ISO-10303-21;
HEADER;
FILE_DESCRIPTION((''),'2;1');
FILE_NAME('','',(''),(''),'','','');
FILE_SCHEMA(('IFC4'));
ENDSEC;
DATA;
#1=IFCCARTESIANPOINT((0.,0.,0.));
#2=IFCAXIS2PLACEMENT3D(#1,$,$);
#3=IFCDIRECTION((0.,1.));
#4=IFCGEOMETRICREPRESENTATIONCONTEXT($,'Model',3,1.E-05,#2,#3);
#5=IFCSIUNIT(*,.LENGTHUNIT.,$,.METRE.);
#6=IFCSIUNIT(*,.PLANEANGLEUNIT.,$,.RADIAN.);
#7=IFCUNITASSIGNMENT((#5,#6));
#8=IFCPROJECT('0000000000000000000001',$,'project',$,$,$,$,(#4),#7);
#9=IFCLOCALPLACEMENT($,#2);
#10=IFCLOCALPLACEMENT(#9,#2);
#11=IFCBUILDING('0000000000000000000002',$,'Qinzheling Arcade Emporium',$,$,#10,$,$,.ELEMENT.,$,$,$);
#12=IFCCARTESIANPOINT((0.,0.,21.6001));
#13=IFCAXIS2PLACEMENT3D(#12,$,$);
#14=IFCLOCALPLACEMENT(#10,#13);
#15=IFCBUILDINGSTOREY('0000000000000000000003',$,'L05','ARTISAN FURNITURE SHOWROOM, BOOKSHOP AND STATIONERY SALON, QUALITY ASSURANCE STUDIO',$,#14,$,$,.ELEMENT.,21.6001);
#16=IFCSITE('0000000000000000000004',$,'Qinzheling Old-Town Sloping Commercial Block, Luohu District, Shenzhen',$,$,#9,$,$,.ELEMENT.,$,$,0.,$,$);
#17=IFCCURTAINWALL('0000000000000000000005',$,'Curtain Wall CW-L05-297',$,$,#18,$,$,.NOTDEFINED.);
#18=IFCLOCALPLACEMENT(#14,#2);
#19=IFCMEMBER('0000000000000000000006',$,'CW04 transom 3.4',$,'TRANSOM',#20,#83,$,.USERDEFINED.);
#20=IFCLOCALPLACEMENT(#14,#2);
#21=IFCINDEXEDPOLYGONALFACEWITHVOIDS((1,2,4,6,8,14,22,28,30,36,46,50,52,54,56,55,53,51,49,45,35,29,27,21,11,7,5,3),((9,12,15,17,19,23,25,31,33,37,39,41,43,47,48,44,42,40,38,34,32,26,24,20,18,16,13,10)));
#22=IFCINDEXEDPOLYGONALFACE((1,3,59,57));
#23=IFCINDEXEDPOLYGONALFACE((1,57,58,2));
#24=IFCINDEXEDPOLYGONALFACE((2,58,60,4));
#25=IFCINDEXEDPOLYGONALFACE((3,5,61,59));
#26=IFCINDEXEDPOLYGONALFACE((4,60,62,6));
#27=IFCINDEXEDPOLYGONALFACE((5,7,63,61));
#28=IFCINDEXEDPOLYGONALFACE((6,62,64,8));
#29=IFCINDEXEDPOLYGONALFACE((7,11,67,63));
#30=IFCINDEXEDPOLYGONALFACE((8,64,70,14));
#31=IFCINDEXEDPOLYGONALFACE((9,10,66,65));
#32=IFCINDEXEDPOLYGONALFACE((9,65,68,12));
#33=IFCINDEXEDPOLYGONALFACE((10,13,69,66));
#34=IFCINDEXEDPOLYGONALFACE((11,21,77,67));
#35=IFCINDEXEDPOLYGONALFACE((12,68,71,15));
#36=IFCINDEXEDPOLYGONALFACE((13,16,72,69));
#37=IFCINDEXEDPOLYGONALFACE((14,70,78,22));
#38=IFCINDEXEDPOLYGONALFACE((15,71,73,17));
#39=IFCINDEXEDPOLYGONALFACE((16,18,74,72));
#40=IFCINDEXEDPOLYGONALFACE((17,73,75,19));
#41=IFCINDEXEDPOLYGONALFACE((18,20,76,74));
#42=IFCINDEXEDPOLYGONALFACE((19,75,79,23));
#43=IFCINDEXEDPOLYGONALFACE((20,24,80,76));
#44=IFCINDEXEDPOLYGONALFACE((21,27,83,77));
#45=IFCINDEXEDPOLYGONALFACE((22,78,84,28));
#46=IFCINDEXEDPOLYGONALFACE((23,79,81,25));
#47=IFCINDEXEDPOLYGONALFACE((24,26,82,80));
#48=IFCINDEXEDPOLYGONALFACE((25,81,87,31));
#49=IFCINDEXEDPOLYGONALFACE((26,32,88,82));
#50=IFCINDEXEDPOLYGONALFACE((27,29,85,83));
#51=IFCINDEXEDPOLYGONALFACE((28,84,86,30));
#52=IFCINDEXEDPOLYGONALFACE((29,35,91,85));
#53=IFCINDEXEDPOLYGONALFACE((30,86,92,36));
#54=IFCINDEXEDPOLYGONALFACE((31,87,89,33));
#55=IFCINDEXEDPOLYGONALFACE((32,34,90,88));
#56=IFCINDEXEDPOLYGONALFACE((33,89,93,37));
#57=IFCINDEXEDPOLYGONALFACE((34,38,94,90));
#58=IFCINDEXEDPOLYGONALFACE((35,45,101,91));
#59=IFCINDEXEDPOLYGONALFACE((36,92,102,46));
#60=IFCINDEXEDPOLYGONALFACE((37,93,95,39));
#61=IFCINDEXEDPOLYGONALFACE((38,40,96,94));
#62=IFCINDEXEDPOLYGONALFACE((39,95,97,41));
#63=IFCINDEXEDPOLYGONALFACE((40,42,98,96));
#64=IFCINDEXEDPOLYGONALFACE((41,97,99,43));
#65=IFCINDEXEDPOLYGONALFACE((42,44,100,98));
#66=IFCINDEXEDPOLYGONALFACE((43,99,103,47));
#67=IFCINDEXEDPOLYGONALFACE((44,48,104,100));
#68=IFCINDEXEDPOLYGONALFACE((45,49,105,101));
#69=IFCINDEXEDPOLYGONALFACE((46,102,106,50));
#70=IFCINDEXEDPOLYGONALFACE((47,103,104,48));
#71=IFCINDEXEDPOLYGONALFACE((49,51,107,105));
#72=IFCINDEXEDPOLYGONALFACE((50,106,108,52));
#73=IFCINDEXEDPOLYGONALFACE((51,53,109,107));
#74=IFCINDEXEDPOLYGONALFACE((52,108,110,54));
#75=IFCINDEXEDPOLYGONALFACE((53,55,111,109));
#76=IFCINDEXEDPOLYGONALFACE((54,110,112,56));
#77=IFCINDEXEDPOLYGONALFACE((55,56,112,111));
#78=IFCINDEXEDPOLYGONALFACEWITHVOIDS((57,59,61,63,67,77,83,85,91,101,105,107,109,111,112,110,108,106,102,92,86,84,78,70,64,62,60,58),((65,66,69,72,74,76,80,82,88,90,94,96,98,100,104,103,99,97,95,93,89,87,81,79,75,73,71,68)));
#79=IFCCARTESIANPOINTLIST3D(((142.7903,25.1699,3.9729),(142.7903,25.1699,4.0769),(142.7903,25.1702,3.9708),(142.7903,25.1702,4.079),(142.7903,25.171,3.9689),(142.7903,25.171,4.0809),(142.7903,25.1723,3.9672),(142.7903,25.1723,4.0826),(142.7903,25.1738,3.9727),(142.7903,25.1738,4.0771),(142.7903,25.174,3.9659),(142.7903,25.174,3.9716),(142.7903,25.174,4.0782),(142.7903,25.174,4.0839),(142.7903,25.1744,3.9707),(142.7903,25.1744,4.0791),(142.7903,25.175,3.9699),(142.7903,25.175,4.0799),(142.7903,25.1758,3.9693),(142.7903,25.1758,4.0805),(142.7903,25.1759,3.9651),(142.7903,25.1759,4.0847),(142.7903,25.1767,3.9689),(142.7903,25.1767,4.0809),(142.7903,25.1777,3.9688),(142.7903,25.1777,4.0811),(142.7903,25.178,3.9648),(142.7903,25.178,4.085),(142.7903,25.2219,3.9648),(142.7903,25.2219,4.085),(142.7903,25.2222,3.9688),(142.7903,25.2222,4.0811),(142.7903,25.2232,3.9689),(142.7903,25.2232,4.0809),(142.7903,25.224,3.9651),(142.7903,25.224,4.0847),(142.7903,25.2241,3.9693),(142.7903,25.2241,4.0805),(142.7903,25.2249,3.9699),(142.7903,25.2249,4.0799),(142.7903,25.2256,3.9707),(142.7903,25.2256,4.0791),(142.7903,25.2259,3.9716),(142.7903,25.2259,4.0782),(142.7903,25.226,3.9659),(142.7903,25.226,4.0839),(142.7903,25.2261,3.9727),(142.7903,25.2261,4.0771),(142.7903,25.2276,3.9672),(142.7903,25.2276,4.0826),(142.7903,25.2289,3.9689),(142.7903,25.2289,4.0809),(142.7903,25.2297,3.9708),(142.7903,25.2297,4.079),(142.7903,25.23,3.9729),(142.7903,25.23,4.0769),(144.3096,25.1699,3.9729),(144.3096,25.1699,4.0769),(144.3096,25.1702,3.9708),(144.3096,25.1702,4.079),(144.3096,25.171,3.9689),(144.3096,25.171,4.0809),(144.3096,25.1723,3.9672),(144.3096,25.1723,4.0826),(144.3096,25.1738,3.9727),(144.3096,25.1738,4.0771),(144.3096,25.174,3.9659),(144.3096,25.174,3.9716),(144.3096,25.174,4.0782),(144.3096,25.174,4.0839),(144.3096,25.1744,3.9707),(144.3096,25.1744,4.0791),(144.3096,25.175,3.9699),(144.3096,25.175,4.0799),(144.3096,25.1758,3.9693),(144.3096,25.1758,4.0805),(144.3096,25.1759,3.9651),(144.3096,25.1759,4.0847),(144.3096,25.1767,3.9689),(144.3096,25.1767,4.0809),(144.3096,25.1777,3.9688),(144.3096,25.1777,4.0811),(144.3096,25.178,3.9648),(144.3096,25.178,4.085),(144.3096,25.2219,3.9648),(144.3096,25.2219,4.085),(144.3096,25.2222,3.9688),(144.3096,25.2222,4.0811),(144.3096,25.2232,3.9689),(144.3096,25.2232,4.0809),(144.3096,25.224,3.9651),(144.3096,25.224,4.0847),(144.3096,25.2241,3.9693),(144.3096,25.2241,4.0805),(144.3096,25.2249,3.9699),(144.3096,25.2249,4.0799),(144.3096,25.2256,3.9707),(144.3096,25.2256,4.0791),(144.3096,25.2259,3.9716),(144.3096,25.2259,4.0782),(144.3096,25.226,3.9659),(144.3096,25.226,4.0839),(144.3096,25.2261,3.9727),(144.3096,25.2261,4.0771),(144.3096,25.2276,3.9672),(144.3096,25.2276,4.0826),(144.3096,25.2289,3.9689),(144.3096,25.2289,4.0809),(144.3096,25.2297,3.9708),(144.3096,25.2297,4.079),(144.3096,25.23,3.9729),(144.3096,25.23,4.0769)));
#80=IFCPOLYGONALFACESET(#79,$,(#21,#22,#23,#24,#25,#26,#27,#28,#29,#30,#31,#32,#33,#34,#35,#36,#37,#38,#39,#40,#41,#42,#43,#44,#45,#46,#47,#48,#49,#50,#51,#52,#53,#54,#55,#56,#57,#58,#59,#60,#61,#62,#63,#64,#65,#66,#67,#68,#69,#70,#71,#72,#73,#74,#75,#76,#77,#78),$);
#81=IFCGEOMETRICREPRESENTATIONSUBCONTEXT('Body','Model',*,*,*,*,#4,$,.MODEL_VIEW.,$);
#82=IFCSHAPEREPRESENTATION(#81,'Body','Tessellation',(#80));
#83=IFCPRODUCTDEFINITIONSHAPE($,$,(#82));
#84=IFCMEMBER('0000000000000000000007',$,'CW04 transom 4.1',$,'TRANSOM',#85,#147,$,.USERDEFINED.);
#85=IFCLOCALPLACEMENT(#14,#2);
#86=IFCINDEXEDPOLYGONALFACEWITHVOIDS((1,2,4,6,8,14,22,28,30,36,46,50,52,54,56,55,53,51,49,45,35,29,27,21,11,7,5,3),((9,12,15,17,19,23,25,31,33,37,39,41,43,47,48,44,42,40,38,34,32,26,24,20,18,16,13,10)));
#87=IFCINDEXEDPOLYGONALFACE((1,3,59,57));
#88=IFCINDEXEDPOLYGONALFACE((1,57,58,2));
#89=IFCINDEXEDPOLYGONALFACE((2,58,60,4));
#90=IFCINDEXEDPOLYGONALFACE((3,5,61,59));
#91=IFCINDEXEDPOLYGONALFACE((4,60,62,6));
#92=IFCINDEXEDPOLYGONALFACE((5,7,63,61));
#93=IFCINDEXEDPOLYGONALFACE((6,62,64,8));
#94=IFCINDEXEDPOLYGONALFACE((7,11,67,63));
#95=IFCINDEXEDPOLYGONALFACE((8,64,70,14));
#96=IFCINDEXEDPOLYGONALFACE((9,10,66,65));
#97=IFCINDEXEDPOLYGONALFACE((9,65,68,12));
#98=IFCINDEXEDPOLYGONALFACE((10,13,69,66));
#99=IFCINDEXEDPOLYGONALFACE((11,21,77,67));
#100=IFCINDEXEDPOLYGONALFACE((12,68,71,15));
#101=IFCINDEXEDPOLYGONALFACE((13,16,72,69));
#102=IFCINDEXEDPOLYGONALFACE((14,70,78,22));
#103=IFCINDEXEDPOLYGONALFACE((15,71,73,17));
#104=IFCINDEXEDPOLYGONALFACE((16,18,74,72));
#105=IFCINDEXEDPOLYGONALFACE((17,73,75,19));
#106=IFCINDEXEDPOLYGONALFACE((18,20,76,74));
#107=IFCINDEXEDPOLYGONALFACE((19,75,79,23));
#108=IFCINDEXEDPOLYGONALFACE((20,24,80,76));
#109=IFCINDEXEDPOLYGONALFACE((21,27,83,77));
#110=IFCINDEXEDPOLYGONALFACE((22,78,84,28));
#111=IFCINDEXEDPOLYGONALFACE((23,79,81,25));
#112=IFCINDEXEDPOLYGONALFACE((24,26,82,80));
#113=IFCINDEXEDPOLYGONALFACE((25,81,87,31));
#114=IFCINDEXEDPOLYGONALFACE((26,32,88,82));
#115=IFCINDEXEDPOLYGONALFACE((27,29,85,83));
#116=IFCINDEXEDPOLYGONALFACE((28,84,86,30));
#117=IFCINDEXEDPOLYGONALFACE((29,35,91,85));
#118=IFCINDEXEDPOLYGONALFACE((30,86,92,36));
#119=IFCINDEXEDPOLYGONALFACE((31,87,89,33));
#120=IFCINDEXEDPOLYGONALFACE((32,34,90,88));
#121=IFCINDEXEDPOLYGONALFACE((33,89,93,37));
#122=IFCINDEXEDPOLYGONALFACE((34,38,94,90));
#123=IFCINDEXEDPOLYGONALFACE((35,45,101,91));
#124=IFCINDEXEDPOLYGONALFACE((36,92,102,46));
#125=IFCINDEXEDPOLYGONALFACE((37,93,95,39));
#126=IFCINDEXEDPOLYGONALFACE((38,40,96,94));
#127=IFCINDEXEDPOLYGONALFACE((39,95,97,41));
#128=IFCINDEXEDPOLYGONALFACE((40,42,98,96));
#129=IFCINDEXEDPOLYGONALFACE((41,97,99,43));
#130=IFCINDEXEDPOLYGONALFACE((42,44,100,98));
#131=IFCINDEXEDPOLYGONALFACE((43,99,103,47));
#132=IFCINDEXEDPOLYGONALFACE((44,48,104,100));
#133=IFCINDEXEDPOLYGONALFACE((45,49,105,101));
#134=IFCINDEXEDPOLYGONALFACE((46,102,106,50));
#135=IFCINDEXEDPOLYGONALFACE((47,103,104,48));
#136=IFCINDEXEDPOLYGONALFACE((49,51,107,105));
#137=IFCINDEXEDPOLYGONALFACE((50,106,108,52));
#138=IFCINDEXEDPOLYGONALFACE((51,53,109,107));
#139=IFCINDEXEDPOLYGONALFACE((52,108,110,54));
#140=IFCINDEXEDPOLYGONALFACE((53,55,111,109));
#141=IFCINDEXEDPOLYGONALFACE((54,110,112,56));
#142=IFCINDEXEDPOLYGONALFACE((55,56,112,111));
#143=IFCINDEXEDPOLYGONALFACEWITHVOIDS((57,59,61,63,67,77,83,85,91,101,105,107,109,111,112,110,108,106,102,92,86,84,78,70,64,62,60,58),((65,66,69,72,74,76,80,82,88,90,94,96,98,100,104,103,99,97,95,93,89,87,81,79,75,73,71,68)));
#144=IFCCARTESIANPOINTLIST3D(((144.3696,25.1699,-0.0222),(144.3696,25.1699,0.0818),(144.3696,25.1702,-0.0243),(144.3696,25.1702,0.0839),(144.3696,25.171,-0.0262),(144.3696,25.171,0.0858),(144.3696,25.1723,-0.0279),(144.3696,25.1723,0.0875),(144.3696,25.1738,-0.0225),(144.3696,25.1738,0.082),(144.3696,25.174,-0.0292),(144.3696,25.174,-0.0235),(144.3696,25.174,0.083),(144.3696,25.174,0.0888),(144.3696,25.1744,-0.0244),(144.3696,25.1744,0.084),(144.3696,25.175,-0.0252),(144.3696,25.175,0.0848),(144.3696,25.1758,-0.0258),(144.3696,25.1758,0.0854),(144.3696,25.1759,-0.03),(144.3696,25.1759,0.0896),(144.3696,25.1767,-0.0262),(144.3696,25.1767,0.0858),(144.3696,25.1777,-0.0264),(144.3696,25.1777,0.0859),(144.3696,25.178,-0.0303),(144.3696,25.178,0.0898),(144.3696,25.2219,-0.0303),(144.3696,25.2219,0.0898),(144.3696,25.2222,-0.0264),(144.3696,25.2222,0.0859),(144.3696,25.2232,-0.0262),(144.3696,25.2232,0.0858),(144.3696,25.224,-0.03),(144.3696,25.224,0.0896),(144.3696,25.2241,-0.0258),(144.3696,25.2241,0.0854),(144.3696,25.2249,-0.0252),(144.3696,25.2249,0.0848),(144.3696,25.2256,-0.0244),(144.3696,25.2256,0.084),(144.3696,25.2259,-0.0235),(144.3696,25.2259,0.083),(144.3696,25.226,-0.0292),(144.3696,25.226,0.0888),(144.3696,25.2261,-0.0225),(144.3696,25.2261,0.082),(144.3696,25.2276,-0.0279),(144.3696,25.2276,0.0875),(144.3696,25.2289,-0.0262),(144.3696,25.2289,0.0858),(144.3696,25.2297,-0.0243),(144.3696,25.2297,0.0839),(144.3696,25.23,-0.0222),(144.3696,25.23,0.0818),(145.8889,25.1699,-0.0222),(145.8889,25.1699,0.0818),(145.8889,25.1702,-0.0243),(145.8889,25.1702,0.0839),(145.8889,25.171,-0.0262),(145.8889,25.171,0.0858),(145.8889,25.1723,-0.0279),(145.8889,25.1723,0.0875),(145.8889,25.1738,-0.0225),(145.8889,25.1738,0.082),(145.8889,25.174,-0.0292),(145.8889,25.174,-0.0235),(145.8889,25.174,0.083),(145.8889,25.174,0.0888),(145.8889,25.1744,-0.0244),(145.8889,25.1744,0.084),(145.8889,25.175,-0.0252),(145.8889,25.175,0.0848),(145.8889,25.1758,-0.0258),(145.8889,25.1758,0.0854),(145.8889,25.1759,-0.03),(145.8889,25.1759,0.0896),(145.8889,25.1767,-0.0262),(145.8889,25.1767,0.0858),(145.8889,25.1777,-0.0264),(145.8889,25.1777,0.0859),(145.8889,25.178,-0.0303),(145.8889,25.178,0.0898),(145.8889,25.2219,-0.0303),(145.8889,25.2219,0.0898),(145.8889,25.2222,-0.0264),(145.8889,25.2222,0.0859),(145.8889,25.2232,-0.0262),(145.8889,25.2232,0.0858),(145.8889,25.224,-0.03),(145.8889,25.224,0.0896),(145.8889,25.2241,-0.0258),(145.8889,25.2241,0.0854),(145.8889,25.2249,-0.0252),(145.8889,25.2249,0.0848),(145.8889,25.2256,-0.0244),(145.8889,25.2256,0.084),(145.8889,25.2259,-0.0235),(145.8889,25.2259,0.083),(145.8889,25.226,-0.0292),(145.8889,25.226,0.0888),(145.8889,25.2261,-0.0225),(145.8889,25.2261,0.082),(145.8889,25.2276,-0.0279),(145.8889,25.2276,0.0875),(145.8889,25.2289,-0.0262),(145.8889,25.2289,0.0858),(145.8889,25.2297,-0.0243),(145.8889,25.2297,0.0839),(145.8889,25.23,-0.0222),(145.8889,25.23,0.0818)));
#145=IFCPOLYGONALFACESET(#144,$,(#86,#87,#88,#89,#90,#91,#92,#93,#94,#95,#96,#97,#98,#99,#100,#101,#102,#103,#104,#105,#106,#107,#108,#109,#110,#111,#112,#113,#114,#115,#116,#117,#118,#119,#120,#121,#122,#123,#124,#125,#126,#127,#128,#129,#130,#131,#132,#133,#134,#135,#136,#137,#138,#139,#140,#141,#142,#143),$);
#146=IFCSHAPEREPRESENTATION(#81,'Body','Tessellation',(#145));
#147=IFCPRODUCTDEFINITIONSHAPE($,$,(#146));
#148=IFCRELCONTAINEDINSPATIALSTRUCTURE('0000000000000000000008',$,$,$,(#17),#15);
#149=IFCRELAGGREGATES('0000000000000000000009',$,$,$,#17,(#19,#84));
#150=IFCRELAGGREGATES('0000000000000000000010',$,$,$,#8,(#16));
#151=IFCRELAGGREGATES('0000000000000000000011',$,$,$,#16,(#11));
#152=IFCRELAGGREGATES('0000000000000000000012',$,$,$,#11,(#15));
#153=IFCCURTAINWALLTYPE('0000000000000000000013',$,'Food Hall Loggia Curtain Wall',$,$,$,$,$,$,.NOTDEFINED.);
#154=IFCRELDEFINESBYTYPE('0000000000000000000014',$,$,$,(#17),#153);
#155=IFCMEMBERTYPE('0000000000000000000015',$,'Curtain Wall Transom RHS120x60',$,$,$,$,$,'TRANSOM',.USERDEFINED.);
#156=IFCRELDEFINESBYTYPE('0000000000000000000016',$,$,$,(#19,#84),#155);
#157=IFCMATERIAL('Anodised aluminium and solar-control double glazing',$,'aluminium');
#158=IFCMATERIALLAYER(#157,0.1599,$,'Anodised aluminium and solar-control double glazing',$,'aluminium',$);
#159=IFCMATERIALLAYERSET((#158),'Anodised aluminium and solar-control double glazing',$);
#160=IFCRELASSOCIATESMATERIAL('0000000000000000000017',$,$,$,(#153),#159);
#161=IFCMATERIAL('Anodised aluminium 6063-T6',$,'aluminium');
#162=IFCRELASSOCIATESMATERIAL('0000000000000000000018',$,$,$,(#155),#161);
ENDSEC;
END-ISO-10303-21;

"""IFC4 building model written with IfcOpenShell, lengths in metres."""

from ifc_helpers import new_model, si_unit, direction, frame, origin, origin_2d, place, context, subcontext, project, spatial, hollow_rectangle, extrude, material, layer, layer_set, material_profile, profile_set, type_object, element, aggregate, save


model = new_model("IFC4")

# Units and contexts
model_context = context("Model", 3, precision=1e-05, world=origin(), true_north=direction((0.0, 1.0)))
body_context = subcontext(model_context, "Body", "Model", "MODEL_VIEW")
ifc_project = project(units=[si_unit("LENGTHUNIT", "METRE"), si_unit("PLANEANGLEUNIT", "RADIAN")], contexts=[model_context])

# Site, building, storey
site_placement = place(None, origin())
site = spatial("IfcSite", under=ifc_project, at=site_placement, Name="Qinzheling Old-Town Sloping Commercial Block, Luohu District, Shenzhen", CompositionType="ELEMENT", RefElevation=0.0)
building_placement = place(site_placement, origin())
building = spatial("IfcBuilding", under=site, at=building_placement, Name="Qinzheling Arcade Emporium", CompositionType="ELEMENT")
storey_placement = place(building_placement, frame((0.0, 0.0, 21.6001)))
storey = spatial("IfcBuildingStorey", under=building, at=storey_placement, Name="L05", Description="ARTISAN FURNITURE SHOWROOM, BOOKSHOP AND STATIONERY SALON, QUALITY ASSURANCE STUDIO", CompositionType="ELEMENT", Elevation=21.6001)

# Curtain wall, members
ifc_material_1 = material(Name="Anodised aluminium and solar-control double glazing", Category="aluminium")
ifc_layer_1 = layer(ifc_material_1, 0.1599, Name="Anodised aluminium and solar-control double glazing", Category="aluminium")
ifc_layer_set_1 = layer_set([ifc_layer_1], Name="Anodised aluminium and solar-control double glazing")
curtain_wall_type = type_object("IfcCurtainWallType", Name="Food Hall Loggia Curtain Wall", PredefinedType="NOTDEFINED", material=ifc_layer_set_1)
curtain_wall_placement = place(storey_placement, origin())
curtain_wall = element("IfcCurtainWall", 1, at=curtain_wall_placement, inside=storey, type_object=curtain_wall_type, Name="Curtain Wall CW-L05-297", PredefinedType="NOTDEFINED")
ifc_material_2 = material(Name="Anodised aluminium 6063-T6", Category="aluminium")
ifc_material_profile_1 = material_profile(ifc_material_2, hollow_rectangle(XDim=0.0601, YDim=0.1201, WallThickness=0.0039, InnerFilletRadius=0.0039, OuterFilletRadius=0.0081, at=origin_2d()), Name="RHS 120x60x4", Category="aluminium")
ifc_profile_set_1 = profile_set([ifc_material_profile_1], Name="Anodised aluminium 6063-T6")
member_type_1 = type_object("IfcMemberType", Name="Curtain Wall Transom RHS120x60", ElementType="TRANSOM", PredefinedType="USERDEFINED", material=ifc_profile_set_1)
member_1_placement = place(storey_placement, frame((142.7903, 25.2, 4.0249), z_axis=(1.0, 0.0, 0.0), x_axis=(0.0, 1.0, 0.0)))
member_1 = element("IfcMember", 2, at=member_1_placement, type_object=member_type_1, Name="CW04 transom 3.4", ObjectType="TRANSOM", PredefinedType="USERDEFINED", context=body_context, shape_type="SweptSolid", body=[
    extrude(hollow_rectangle(XDim=0.0601, YDim=0.1201, WallThickness=0.0039, InnerFilletRadius=0.0039, OuterFilletRadius=0.0081, at=origin_2d()), origin(), (0.0, 0.0, 1.0), 1.5193),
])
member_2_placement = place(storey_placement, frame((144.3696, 25.2, 0.0298), z_axis=(1.0, 0.0, 0.0), x_axis=(0.0, 1.0, 0.0)))
member_2 = element("IfcMember", 3, at=member_2_placement, type_object=member_type_1, Name="CW04 transom 4.1", ObjectType="TRANSOM", PredefinedType="USERDEFINED", context=body_context, shape_type="SweptSolid", body=[
    extrude(hollow_rectangle(XDim=0.0601, YDim=0.1201, WallThickness=0.0039, InnerFilletRadius=0.0039, OuterFilletRadius=0.0081, at=origin_2d()), origin(), (0.0, 0.0, 1.0), 1.5193),
])
aggregate(curtain_wall, [member_1, member_2])

save(model, "model.ifc")
